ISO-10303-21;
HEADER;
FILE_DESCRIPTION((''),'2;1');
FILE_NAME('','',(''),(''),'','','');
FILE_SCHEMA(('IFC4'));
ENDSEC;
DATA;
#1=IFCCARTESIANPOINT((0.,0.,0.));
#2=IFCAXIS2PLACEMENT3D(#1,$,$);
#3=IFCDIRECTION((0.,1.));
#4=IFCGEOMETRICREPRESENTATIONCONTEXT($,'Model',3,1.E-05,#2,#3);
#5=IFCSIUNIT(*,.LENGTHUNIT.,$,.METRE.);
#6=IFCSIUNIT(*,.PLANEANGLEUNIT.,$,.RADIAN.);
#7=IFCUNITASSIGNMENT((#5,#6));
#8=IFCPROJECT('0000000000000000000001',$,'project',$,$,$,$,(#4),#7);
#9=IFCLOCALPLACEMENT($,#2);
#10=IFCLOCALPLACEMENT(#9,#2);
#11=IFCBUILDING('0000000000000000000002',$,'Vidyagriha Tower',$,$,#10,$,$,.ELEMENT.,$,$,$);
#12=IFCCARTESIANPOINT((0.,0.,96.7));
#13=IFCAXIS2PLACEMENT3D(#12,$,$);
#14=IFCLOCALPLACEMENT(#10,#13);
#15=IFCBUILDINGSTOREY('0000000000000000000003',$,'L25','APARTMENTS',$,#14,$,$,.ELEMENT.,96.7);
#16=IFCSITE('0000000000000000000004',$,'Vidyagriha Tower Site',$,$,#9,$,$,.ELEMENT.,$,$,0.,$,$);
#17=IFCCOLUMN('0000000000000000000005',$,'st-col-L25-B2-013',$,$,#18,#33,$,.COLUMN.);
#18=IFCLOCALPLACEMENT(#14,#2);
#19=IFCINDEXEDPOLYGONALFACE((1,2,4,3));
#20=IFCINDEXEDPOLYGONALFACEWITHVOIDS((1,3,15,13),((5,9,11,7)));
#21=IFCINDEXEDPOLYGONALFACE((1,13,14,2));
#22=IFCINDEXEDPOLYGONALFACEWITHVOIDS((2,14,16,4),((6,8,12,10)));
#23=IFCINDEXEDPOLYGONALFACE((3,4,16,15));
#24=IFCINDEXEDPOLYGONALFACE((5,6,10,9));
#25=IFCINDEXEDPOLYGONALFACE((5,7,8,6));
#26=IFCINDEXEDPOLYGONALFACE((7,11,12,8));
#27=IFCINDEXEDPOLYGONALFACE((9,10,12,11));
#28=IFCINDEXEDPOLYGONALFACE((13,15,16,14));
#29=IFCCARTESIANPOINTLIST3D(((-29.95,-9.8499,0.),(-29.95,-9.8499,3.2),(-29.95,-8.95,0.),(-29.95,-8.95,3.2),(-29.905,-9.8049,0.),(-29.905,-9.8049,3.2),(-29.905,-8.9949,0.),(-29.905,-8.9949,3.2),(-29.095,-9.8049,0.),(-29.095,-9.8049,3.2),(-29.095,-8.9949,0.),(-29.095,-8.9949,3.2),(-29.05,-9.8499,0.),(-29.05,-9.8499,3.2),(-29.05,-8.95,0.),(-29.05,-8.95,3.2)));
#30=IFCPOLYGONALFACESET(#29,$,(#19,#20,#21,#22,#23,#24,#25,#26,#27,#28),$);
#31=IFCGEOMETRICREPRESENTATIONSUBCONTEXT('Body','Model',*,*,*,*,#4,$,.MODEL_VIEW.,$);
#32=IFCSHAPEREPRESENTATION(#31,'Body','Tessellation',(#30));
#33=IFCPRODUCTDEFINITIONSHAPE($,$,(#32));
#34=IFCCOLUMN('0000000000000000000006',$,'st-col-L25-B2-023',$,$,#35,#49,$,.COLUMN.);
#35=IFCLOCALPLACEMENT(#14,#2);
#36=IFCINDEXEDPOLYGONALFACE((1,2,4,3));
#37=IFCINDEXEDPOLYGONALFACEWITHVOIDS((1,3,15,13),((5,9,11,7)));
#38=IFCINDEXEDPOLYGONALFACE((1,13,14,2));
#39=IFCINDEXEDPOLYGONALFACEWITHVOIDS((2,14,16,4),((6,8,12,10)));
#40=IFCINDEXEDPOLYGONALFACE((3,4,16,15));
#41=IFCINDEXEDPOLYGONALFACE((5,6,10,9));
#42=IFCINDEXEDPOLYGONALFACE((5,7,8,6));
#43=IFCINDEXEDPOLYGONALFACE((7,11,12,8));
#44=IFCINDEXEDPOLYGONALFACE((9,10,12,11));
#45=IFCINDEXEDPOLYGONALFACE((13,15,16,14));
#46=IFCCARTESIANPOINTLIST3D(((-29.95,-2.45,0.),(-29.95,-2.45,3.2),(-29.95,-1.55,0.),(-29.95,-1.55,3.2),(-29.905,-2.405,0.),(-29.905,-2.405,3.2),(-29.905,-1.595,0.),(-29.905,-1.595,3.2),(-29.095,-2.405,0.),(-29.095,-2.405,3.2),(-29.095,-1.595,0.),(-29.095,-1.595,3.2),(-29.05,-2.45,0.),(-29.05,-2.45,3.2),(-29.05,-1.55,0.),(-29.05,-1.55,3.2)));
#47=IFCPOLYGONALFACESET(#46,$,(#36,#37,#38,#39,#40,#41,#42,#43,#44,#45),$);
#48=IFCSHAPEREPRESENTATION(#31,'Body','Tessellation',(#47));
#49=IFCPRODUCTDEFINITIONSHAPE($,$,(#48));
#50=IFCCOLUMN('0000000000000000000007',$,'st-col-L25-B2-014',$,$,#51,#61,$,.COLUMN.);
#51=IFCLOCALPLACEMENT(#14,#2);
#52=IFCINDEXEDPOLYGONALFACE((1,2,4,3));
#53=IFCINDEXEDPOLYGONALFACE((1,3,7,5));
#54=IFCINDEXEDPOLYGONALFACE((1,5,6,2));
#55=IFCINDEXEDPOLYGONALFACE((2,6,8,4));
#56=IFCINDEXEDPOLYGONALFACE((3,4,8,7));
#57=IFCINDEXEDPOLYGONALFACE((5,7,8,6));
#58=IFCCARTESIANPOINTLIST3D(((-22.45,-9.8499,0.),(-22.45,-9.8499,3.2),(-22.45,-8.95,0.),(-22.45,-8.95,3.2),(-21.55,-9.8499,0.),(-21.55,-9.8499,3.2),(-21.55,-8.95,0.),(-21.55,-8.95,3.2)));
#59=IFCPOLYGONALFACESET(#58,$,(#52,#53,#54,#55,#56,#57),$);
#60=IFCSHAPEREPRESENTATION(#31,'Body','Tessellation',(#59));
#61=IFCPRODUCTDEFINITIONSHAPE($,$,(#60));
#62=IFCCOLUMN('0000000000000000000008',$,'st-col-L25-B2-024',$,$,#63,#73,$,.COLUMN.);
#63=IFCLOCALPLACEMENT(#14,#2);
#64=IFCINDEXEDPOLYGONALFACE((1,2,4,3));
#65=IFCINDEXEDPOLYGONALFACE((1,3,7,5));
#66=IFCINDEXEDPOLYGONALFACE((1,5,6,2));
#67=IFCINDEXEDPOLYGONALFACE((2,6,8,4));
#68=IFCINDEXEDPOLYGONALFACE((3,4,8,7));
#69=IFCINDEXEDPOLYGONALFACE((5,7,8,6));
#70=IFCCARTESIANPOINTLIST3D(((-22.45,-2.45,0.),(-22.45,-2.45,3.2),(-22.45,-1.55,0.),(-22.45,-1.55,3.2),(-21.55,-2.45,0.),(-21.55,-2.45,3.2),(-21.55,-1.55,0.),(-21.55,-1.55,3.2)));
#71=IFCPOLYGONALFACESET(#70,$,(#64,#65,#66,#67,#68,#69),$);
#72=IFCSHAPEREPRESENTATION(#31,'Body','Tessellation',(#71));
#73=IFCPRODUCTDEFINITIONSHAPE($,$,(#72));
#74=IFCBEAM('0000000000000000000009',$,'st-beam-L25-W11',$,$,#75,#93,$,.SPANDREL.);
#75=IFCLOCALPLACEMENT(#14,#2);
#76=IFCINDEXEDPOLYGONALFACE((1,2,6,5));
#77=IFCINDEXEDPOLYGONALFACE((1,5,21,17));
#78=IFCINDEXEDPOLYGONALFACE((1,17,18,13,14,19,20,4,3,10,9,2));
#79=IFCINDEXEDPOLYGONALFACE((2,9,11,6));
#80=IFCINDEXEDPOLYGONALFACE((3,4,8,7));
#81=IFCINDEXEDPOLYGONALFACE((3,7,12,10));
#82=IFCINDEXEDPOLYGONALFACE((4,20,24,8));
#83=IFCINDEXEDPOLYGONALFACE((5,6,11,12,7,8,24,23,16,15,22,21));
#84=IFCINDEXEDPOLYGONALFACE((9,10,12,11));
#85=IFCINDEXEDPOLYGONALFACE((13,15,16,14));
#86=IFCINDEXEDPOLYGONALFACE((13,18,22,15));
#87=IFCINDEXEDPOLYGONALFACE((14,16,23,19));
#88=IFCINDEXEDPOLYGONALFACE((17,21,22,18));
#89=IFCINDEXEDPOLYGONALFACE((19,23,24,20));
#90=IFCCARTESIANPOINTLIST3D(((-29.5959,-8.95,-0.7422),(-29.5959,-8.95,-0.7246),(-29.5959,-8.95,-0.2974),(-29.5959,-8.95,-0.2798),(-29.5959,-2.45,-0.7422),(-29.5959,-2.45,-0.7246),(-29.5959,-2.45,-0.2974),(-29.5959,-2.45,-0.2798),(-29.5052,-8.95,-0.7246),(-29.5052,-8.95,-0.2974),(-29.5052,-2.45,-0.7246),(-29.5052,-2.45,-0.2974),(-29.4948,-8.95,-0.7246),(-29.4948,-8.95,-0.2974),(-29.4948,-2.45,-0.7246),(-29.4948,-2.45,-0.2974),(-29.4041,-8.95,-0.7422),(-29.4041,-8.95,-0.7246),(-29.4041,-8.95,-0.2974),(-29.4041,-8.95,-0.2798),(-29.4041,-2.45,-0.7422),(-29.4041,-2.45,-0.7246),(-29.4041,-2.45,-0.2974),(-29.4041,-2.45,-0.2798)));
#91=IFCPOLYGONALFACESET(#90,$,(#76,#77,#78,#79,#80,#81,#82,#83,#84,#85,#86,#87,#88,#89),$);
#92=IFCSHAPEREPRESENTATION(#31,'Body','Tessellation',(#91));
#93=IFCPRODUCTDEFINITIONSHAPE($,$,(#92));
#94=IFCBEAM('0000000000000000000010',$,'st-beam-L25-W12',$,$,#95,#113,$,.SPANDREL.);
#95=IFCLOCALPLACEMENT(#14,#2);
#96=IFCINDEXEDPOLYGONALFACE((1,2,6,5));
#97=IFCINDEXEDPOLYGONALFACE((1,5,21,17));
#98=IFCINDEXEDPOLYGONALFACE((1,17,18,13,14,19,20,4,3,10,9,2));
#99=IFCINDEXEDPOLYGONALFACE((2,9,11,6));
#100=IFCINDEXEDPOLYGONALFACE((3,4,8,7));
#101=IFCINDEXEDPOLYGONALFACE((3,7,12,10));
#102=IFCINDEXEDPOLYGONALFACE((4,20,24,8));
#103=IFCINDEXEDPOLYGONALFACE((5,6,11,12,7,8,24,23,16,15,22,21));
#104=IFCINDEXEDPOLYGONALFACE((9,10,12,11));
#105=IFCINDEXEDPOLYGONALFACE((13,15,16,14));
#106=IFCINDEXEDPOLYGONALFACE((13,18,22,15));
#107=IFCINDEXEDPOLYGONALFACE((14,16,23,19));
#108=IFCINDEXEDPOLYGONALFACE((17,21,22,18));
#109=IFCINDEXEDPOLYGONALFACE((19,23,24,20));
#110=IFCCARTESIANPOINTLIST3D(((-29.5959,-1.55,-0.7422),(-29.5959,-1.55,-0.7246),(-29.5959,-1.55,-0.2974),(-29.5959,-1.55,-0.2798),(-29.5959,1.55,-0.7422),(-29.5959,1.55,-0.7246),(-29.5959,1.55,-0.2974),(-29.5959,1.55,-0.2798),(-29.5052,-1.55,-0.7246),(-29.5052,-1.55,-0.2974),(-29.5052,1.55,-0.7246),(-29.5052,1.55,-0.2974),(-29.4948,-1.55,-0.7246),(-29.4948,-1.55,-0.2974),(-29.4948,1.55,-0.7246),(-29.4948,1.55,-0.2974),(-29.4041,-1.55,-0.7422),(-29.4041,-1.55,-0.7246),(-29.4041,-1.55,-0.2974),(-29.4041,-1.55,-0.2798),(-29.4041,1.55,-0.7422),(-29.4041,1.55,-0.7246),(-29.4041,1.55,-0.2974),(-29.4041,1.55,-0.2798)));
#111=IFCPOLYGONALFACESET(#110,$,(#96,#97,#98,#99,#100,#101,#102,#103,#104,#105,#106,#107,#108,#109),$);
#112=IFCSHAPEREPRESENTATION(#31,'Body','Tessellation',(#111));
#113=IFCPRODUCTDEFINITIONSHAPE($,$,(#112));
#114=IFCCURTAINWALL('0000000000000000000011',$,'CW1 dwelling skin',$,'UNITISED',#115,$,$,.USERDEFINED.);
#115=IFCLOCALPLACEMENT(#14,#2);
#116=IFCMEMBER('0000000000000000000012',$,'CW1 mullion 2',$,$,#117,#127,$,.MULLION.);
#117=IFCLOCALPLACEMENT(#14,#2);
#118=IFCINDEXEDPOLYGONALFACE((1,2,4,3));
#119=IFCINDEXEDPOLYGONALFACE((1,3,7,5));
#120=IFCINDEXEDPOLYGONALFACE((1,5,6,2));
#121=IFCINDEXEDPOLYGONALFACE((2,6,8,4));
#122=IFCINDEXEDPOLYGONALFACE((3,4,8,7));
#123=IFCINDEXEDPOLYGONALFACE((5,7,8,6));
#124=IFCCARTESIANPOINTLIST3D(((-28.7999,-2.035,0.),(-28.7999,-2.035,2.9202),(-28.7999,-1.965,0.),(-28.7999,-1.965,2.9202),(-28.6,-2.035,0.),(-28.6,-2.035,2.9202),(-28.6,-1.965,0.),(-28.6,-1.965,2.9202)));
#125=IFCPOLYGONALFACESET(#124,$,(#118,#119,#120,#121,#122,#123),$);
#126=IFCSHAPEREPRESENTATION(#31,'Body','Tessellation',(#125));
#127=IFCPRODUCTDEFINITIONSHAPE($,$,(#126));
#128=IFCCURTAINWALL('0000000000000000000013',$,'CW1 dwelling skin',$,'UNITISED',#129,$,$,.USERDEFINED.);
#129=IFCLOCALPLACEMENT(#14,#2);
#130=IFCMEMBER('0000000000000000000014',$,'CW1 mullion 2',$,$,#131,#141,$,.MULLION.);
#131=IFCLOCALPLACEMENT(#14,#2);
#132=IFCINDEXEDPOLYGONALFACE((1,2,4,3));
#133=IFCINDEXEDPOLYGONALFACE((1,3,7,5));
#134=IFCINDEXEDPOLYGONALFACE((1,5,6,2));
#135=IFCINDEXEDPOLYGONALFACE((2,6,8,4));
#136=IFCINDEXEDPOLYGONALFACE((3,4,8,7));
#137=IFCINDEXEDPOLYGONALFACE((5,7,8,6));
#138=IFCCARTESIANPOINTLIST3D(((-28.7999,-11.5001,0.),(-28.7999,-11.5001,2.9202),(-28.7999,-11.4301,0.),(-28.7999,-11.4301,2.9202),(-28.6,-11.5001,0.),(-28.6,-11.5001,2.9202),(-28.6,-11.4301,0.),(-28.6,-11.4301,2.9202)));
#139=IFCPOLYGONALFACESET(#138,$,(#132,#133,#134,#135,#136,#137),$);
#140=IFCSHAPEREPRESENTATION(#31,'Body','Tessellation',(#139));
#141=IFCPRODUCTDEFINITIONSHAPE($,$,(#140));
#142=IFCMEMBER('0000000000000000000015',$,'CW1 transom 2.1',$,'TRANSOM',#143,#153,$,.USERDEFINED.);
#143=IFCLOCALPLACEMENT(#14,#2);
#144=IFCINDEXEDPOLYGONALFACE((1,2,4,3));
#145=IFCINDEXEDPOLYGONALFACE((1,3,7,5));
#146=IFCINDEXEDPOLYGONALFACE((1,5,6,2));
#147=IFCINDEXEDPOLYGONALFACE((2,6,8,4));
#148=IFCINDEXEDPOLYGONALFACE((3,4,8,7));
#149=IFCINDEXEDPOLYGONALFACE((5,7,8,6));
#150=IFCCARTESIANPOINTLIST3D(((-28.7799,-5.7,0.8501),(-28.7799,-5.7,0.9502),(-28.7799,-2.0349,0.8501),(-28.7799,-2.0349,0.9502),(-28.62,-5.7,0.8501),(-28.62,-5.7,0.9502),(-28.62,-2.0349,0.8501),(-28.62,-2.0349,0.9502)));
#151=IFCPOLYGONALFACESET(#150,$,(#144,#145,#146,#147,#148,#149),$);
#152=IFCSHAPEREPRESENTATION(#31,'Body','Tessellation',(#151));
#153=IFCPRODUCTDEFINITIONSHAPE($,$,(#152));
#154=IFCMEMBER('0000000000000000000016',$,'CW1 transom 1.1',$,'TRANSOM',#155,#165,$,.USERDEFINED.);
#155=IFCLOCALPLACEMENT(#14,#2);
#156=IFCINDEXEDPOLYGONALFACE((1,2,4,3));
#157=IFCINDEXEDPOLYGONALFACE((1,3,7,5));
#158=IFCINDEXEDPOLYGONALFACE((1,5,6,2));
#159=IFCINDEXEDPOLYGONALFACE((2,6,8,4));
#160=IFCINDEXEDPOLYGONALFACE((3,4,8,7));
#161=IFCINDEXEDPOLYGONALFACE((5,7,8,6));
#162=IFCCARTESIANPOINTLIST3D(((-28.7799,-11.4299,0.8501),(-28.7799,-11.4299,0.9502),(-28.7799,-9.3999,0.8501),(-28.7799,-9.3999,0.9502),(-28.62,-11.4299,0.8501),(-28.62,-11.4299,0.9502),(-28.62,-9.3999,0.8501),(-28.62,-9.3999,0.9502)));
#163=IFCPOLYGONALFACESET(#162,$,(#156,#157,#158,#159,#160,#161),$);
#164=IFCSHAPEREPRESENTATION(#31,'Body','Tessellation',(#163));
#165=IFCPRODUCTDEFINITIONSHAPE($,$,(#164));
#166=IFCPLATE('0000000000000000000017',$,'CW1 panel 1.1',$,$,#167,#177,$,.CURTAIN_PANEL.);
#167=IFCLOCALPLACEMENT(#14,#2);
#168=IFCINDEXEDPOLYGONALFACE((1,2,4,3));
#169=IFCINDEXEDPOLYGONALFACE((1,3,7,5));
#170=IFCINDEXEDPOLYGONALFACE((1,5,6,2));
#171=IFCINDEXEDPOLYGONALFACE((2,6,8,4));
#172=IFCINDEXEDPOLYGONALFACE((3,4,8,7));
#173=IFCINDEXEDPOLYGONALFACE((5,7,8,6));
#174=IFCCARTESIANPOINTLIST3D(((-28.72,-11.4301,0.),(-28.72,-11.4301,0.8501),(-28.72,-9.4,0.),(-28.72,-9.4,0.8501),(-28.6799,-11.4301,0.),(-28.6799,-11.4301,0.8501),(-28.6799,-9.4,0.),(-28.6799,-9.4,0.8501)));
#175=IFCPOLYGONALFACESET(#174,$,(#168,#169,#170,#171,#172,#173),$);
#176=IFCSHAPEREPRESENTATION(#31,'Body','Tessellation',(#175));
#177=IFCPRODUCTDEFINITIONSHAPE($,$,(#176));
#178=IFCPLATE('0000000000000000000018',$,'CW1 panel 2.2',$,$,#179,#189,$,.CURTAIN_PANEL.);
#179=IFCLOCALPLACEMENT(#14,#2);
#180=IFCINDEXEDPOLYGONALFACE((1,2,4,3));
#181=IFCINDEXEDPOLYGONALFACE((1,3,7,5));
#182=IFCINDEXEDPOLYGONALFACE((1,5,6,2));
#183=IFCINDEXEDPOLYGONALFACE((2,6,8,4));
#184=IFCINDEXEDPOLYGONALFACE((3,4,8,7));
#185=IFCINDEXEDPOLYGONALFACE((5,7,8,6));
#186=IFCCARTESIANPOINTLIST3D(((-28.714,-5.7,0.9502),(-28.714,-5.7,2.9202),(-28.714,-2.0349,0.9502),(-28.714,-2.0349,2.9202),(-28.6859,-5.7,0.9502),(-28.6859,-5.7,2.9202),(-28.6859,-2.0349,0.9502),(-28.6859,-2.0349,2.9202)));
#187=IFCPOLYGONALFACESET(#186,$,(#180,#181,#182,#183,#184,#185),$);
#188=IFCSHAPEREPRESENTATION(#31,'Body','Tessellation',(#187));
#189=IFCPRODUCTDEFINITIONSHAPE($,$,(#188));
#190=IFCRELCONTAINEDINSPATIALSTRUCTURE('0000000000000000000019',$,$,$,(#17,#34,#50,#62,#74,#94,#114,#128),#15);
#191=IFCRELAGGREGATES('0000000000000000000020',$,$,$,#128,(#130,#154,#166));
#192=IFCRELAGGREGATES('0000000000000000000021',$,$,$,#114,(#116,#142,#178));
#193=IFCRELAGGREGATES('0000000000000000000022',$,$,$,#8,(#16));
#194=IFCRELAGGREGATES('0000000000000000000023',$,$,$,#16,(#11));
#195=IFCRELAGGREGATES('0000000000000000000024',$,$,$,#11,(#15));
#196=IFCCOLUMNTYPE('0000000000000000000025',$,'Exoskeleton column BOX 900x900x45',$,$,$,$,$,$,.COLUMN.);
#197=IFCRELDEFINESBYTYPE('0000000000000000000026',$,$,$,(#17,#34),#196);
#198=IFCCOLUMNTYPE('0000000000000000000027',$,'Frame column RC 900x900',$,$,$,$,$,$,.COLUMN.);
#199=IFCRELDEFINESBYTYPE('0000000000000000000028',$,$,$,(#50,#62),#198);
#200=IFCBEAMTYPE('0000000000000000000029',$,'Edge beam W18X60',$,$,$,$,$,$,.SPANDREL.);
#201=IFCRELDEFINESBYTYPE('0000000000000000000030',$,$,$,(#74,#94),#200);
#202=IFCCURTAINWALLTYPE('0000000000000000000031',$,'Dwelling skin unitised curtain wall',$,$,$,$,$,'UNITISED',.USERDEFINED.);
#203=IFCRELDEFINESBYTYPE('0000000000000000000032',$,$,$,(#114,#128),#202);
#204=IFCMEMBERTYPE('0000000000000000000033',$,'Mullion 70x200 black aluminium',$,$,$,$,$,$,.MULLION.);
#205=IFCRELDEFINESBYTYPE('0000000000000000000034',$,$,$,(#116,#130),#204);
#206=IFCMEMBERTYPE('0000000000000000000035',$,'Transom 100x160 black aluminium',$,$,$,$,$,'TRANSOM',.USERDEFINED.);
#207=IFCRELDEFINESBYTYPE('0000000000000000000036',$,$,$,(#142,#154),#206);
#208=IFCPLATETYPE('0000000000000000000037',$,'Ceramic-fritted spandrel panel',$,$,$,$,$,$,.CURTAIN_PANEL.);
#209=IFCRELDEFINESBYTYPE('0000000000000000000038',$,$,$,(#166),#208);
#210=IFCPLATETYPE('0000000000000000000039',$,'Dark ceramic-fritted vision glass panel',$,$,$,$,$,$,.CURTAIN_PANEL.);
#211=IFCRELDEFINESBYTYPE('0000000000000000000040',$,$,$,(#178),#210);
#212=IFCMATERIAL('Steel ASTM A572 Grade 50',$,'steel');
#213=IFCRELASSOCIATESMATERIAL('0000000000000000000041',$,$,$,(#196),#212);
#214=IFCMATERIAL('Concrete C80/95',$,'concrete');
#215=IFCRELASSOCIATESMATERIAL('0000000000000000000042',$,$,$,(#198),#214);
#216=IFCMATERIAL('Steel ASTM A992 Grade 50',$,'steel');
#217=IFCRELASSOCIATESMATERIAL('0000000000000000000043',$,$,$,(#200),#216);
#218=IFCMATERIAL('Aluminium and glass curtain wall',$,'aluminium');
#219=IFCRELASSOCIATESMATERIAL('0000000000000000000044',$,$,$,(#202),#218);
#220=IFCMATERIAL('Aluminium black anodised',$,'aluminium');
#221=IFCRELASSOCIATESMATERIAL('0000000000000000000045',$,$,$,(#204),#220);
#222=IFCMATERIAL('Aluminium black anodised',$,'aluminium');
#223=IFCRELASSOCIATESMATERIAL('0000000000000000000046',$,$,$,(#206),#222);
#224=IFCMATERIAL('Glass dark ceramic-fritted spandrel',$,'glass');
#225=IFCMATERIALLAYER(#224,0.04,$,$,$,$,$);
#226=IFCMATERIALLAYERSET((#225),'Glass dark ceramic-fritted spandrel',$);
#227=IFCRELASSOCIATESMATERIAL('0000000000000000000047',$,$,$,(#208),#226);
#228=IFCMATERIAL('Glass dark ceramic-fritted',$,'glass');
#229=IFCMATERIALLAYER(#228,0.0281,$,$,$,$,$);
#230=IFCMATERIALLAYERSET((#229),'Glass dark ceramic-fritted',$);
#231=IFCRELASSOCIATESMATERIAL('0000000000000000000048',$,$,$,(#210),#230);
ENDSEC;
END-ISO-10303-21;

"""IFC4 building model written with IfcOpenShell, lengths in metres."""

from ifc_helpers import new_model, si_unit, direction, frame, origin, origin_2d, place, context, subcontext, project, spatial, rectangle, hollow_rectangle, i_section, extrude, material, layer, layer_set, material_profile, profile_set, type_object, element, aggregate, save


model = new_model("IFC4")

# Units and contexts
model_context = context("Model", 3, precision=1e-05, world=origin(), true_north=direction((0.0, 1.0)))
body_context = subcontext(model_context, "Body", "Model", "MODEL_VIEW")
ifc_project = project(units=[si_unit("LENGTHUNIT", "METRE"), si_unit("PLANEANGLEUNIT", "RADIAN")], contexts=[model_context])

# Site, building, storey
site_placement = place(None, origin())
site = spatial("IfcSite", under=ifc_project, at=site_placement, Name="Vidyagriha Tower Site", CompositionType="ELEMENT", RefElevation=0.0)
building_placement = place(site_placement, origin())
building = spatial("IfcBuilding", under=site, at=building_placement, Name="Vidyagriha Tower", CompositionType="ELEMENT")
storey_placement = place(building_placement, frame((0.0, 0.0, 96.7)))
storey = spatial("IfcBuildingStorey", under=building, at=storey_placement, Name="L25", Description="APARTMENTS", CompositionType="ELEMENT", Elevation=96.7)

# Columns
ifc_material_1 = material(Name="Steel ASTM A572 Grade 50", Category="steel")
ifc_material_profile_1 = material_profile(ifc_material_1, hollow_rectangle(XDim=0.8999, YDim=0.8999, WallThickness=0.0449, at=origin_2d()), Name="BOX 900x900x45")
ifc_profile_set_1 = profile_set([ifc_material_profile_1], Name="Steel ASTM A572 Grade 50")
column_type_1 = type_object("IfcColumnType", Name="Exoskeleton column BOX 900x900x45", PredefinedType="COLUMN", material=ifc_profile_set_1)
for number, where, name in (
    (1, (-29.5, -9.3999, 0.0), "st-col-L25-B2-013"),
    (2, (-29.5, -2.0, 0.0), "st-col-L25-B2-023"),
):
    element("IfcColumn", number, at=place(storey_placement, frame(where)), inside=storey, type_object=column_type_1, Name=name, PredefinedType="COLUMN", context=body_context, shape_type="SweptSolid", body=[
        extrude(hollow_rectangle(XDim=0.8999, YDim=0.8999, WallThickness=0.0449, at=origin_2d()), origin(), (0.0, 0.0, 1.0), 3.2),
    ])
ifc_material_2 = material(Name="Concrete C80/95", Category="concrete")
ifc_material_profile_2 = material_profile(ifc_material_2, rectangle(XDim=0.8999, YDim=0.8999, at=origin_2d()), Name="RC 900x900")
ifc_profile_set_2 = profile_set([ifc_material_profile_2], Name="Concrete C80/95")
column_type_2 = type_object("IfcColumnType", Name="Frame column RC 900x900", PredefinedType="COLUMN", material=ifc_profile_set_2)
for number, where, name in (
    (3, (-22.0, -9.3999, 0.0), "st-col-L25-B2-014"),
    (4, (-22.0, -2.0, 0.0), "st-col-L25-B2-024"),
):
    element("IfcColumn", number, at=place(storey_placement, frame(where)), inside=storey, type_object=column_type_2, Name=name, PredefinedType="COLUMN", context=body_context, shape_type="SweptSolid", body=[
        extrude(rectangle(XDim=0.8999, YDim=0.8999, at=origin_2d()), origin(), (0.0, 0.0, 1.0), 3.2),
    ])

# Beams
ifc_material_3 = material(Name="Steel ASTM A992 Grade 50", Category="steel")
ifc_material_profile_3 = material_profile(ifc_material_3, i_section(OverallWidth=0.1919, OverallDepth=0.4624, WebThickness=0.0105, FlangeThickness=0.0176, at=origin_2d()), Name="W18X60")
ifc_profile_set_3 = profile_set([ifc_material_profile_3], Name="Steel ASTM A992 Grade 50")
beam_type = type_object("IfcBeamType", Name="Edge beam W18X60", PredefinedType="SPANDREL", material=ifc_profile_set_3)
beam_1_placement = place(storey_placement, frame((-29.5, -8.95, -0.511), z_axis=(0.0, 1.0, 0.0), x_axis=(-1.0, 0.0, 0.0)))
element("IfcBeam", 5, at=beam_1_placement, inside=storey, type_object=beam_type, Name="st-beam-L25-W11", PredefinedType="SPANDREL", context=body_context, shape_type="SweptSolid", body=[
    extrude(i_section(OverallWidth=0.1919, OverallDepth=0.4624, WebThickness=0.0105, FlangeThickness=0.0176, at=origin_2d()), origin(), (0.0, 0.0, 1.0), 6.5),
])
beam_2_placement = place(storey_placement, frame((-29.5, -1.55, -0.511), z_axis=(0.0, 1.0, 0.0), x_axis=(-1.0, 0.0, 0.0)))
element("IfcBeam", 6, at=beam_2_placement, inside=storey, type_object=beam_type, Name="st-beam-L25-W12", PredefinedType="SPANDREL", context=body_context, shape_type="SweptSolid", body=[
    extrude(i_section(OverallWidth=0.1919, OverallDepth=0.4624, WebThickness=0.0105, FlangeThickness=0.0176, at=origin_2d()), origin(), (0.0, 0.0, 1.0), 3.1001),
])

# Curtain walls, members
ifc_material_4 = material(Name="Aluminium and glass curtain wall", Category="aluminium")
curtain_wall_type = type_object("IfcCurtainWallType", Name="Dwelling skin unitised curtain wall", ElementType="UNITISED", PredefinedType="USERDEFINED", material=ifc_material_4)
curtain_wall_1_placement = place(storey_placement, origin())
curtain_wall_1 = element("IfcCurtainWall", 7, at=curtain_wall_1_placement, inside=storey, type_object=curtain_wall_type, Name="CW1 dwelling skin", ObjectType="UNITISED", PredefinedType="USERDEFINED")
ifc_material_5 = material(Name="Aluminium black anodised", Category="aluminium")
ifc_material_profile_4 = material_profile(ifc_material_5, rectangle(XDim=0.2, YDim=0.0701, at=origin_2d()), Name="Mullion 70x200 black aluminium")
ifc_profile_set_4 = profile_set([ifc_material_profile_4], Name="Aluminium black anodised")
member_type_1 = type_object("IfcMemberType", Name="Mullion 70x200 black aluminium", PredefinedType="MULLION", material=ifc_profile_set_4)
member_1_placement = place(storey_placement, frame((-28.7, -2.0, 0.0)))
member_1 = element("IfcMember", 8, at=member_1_placement, type_object=member_type_1, Name="CW1 mullion 2", PredefinedType="MULLION", context=body_context, shape_type="SweptSolid", body=[
    extrude(rectangle(XDim=0.2, YDim=0.0701, at=origin_2d()), origin(), (0.0, 0.0, 1.0), 2.9202),
])
curtain_wall_2_placement = place(storey_placement, origin())
curtain_wall_2 = element("IfcCurtainWall", 9, at=curtain_wall_2_placement, inside=storey, type_object=curtain_wall_type, Name="CW1 dwelling skin", ObjectType="UNITISED", PredefinedType="USERDEFINED")
member_2_placement = place(storey_placement, frame((-28.7, -11.4651, 0.0)))
member_2 = element("IfcMember", 10, at=member_2_placement, type_object=member_type_1, Name="CW1 mullion 2", PredefinedType="MULLION", context=body_context, shape_type="SweptSolid", body=[
    extrude(rectangle(XDim=0.2, YDim=0.0701, at=origin_2d()), origin(), (0.0, 0.0, 1.0), 2.9202),
])

# Members
ifc_material_6 = material(Name="Aluminium black anodised", Category="aluminium")
ifc_material_profile_5 = material_profile(ifc_material_6, rectangle(XDim=0.1599, YDim=0.1001, at=origin_2d()), Name="Transom 100x160 black aluminium")
ifc_profile_set_5 = profile_set([ifc_material_profile_5], Name="Aluminium black anodised")
member_type_2 = type_object("IfcMemberType", Name="Transom 100x160 black aluminium", ElementType="TRANSOM", PredefinedType="USERDEFINED", material=ifc_profile_set_5)
member_3_placement = place(storey_placement, frame((-28.7, -2.0349, 0.9001), z_axis=(0.0, -1.0, 0.0), x_axis=(1.0, 0.0, 0.0)))
member_3 = element("IfcMember", 11, at=member_3_placement, type_object=member_type_2, Name="CW1 transom 2.1", ObjectType="TRANSOM", PredefinedType="USERDEFINED", context=body_context, shape_type="SweptSolid", body=[
    extrude(rectangle(XDim=0.1599, YDim=0.1001, at=origin_2d()), origin(), (0.0, 0.0, 1.0), 3.665),
])
member_4_placement = place(storey_placement, frame((-28.7, -9.3999, 0.9001), z_axis=(0.0, -1.0, 0.0), x_axis=(1.0, 0.0, 0.0)))
member_4 = element("IfcMember", 12, at=member_4_placement, type_object=member_type_2, Name="CW1 transom 1.1", ObjectType="TRANSOM", PredefinedType="USERDEFINED", context=body_context, shape_type="SweptSolid", body=[
    extrude(rectangle(XDim=0.1599, YDim=0.1001, at=origin_2d()), origin(), (0.0, 0.0, 1.0), 2.03),
])

# Plates
ifc_material_7 = material(Name="Glass dark ceramic-fritted spandrel", Category="glass")
ifc_layer_1 = layer(ifc_material_7, 0.04)
ifc_layer_set_1 = layer_set([ifc_layer_1], Name="Glass dark ceramic-fritted spandrel")
plate_type_1 = type_object("IfcPlateType", Name="Ceramic-fritted spandrel panel", PredefinedType="CURTAIN_PANEL", material=ifc_layer_set_1)
plate_1_placement = place(storey_placement, frame((-28.7, -10.415, 0.0), z_axis=(0.0, 0.0, 1.0), x_axis=(0.0, -1.0, 0.0)))
plate_1 = element("IfcPlate", 13, at=plate_1_placement, type_object=plate_type_1, Name="CW1 panel 1.1", PredefinedType="CURTAIN_PANEL", context=body_context, shape_type="SweptSolid", body=[
    extrude(rectangle(XDim=2.03, YDim=0.04, at=origin_2d()), origin(), (0.0, 0.0, 1.0), 0.8501),
])
ifc_material_8 = material(Name="Glass dark ceramic-fritted", Category="glass")
ifc_layer_2 = layer(ifc_material_8, 0.0281)
ifc_layer_set_2 = layer_set([ifc_layer_2], Name="Glass dark ceramic-fritted")
plate_type_2 = type_object("IfcPlateType", Name="Dark ceramic-fritted vision glass panel", PredefinedType="CURTAIN_PANEL", material=ifc_layer_set_2)
plate_2_placement = place(storey_placement, frame((-28.7, -3.8674, 0.9502), z_axis=(0.0, 0.0, 1.0), x_axis=(0.0, -1.0, 0.0)))
plate_2 = element("IfcPlate", 14, at=plate_2_placement, type_object=plate_type_2, Name="CW1 panel 2.2", PredefinedType="CURTAIN_PANEL", context=body_context, shape_type="SweptSolid", body=[
    extrude(rectangle(XDim=3.665, YDim=0.0281, at=origin_2d()), origin(), (0.0, 0.0, 1.0), 1.97),
])
aggregate(curtain_wall_2, [member_2, member_4, plate_1])
aggregate(curtain_wall_1, [member_1, member_3, plate_2])

save(model, "model.ifc")
